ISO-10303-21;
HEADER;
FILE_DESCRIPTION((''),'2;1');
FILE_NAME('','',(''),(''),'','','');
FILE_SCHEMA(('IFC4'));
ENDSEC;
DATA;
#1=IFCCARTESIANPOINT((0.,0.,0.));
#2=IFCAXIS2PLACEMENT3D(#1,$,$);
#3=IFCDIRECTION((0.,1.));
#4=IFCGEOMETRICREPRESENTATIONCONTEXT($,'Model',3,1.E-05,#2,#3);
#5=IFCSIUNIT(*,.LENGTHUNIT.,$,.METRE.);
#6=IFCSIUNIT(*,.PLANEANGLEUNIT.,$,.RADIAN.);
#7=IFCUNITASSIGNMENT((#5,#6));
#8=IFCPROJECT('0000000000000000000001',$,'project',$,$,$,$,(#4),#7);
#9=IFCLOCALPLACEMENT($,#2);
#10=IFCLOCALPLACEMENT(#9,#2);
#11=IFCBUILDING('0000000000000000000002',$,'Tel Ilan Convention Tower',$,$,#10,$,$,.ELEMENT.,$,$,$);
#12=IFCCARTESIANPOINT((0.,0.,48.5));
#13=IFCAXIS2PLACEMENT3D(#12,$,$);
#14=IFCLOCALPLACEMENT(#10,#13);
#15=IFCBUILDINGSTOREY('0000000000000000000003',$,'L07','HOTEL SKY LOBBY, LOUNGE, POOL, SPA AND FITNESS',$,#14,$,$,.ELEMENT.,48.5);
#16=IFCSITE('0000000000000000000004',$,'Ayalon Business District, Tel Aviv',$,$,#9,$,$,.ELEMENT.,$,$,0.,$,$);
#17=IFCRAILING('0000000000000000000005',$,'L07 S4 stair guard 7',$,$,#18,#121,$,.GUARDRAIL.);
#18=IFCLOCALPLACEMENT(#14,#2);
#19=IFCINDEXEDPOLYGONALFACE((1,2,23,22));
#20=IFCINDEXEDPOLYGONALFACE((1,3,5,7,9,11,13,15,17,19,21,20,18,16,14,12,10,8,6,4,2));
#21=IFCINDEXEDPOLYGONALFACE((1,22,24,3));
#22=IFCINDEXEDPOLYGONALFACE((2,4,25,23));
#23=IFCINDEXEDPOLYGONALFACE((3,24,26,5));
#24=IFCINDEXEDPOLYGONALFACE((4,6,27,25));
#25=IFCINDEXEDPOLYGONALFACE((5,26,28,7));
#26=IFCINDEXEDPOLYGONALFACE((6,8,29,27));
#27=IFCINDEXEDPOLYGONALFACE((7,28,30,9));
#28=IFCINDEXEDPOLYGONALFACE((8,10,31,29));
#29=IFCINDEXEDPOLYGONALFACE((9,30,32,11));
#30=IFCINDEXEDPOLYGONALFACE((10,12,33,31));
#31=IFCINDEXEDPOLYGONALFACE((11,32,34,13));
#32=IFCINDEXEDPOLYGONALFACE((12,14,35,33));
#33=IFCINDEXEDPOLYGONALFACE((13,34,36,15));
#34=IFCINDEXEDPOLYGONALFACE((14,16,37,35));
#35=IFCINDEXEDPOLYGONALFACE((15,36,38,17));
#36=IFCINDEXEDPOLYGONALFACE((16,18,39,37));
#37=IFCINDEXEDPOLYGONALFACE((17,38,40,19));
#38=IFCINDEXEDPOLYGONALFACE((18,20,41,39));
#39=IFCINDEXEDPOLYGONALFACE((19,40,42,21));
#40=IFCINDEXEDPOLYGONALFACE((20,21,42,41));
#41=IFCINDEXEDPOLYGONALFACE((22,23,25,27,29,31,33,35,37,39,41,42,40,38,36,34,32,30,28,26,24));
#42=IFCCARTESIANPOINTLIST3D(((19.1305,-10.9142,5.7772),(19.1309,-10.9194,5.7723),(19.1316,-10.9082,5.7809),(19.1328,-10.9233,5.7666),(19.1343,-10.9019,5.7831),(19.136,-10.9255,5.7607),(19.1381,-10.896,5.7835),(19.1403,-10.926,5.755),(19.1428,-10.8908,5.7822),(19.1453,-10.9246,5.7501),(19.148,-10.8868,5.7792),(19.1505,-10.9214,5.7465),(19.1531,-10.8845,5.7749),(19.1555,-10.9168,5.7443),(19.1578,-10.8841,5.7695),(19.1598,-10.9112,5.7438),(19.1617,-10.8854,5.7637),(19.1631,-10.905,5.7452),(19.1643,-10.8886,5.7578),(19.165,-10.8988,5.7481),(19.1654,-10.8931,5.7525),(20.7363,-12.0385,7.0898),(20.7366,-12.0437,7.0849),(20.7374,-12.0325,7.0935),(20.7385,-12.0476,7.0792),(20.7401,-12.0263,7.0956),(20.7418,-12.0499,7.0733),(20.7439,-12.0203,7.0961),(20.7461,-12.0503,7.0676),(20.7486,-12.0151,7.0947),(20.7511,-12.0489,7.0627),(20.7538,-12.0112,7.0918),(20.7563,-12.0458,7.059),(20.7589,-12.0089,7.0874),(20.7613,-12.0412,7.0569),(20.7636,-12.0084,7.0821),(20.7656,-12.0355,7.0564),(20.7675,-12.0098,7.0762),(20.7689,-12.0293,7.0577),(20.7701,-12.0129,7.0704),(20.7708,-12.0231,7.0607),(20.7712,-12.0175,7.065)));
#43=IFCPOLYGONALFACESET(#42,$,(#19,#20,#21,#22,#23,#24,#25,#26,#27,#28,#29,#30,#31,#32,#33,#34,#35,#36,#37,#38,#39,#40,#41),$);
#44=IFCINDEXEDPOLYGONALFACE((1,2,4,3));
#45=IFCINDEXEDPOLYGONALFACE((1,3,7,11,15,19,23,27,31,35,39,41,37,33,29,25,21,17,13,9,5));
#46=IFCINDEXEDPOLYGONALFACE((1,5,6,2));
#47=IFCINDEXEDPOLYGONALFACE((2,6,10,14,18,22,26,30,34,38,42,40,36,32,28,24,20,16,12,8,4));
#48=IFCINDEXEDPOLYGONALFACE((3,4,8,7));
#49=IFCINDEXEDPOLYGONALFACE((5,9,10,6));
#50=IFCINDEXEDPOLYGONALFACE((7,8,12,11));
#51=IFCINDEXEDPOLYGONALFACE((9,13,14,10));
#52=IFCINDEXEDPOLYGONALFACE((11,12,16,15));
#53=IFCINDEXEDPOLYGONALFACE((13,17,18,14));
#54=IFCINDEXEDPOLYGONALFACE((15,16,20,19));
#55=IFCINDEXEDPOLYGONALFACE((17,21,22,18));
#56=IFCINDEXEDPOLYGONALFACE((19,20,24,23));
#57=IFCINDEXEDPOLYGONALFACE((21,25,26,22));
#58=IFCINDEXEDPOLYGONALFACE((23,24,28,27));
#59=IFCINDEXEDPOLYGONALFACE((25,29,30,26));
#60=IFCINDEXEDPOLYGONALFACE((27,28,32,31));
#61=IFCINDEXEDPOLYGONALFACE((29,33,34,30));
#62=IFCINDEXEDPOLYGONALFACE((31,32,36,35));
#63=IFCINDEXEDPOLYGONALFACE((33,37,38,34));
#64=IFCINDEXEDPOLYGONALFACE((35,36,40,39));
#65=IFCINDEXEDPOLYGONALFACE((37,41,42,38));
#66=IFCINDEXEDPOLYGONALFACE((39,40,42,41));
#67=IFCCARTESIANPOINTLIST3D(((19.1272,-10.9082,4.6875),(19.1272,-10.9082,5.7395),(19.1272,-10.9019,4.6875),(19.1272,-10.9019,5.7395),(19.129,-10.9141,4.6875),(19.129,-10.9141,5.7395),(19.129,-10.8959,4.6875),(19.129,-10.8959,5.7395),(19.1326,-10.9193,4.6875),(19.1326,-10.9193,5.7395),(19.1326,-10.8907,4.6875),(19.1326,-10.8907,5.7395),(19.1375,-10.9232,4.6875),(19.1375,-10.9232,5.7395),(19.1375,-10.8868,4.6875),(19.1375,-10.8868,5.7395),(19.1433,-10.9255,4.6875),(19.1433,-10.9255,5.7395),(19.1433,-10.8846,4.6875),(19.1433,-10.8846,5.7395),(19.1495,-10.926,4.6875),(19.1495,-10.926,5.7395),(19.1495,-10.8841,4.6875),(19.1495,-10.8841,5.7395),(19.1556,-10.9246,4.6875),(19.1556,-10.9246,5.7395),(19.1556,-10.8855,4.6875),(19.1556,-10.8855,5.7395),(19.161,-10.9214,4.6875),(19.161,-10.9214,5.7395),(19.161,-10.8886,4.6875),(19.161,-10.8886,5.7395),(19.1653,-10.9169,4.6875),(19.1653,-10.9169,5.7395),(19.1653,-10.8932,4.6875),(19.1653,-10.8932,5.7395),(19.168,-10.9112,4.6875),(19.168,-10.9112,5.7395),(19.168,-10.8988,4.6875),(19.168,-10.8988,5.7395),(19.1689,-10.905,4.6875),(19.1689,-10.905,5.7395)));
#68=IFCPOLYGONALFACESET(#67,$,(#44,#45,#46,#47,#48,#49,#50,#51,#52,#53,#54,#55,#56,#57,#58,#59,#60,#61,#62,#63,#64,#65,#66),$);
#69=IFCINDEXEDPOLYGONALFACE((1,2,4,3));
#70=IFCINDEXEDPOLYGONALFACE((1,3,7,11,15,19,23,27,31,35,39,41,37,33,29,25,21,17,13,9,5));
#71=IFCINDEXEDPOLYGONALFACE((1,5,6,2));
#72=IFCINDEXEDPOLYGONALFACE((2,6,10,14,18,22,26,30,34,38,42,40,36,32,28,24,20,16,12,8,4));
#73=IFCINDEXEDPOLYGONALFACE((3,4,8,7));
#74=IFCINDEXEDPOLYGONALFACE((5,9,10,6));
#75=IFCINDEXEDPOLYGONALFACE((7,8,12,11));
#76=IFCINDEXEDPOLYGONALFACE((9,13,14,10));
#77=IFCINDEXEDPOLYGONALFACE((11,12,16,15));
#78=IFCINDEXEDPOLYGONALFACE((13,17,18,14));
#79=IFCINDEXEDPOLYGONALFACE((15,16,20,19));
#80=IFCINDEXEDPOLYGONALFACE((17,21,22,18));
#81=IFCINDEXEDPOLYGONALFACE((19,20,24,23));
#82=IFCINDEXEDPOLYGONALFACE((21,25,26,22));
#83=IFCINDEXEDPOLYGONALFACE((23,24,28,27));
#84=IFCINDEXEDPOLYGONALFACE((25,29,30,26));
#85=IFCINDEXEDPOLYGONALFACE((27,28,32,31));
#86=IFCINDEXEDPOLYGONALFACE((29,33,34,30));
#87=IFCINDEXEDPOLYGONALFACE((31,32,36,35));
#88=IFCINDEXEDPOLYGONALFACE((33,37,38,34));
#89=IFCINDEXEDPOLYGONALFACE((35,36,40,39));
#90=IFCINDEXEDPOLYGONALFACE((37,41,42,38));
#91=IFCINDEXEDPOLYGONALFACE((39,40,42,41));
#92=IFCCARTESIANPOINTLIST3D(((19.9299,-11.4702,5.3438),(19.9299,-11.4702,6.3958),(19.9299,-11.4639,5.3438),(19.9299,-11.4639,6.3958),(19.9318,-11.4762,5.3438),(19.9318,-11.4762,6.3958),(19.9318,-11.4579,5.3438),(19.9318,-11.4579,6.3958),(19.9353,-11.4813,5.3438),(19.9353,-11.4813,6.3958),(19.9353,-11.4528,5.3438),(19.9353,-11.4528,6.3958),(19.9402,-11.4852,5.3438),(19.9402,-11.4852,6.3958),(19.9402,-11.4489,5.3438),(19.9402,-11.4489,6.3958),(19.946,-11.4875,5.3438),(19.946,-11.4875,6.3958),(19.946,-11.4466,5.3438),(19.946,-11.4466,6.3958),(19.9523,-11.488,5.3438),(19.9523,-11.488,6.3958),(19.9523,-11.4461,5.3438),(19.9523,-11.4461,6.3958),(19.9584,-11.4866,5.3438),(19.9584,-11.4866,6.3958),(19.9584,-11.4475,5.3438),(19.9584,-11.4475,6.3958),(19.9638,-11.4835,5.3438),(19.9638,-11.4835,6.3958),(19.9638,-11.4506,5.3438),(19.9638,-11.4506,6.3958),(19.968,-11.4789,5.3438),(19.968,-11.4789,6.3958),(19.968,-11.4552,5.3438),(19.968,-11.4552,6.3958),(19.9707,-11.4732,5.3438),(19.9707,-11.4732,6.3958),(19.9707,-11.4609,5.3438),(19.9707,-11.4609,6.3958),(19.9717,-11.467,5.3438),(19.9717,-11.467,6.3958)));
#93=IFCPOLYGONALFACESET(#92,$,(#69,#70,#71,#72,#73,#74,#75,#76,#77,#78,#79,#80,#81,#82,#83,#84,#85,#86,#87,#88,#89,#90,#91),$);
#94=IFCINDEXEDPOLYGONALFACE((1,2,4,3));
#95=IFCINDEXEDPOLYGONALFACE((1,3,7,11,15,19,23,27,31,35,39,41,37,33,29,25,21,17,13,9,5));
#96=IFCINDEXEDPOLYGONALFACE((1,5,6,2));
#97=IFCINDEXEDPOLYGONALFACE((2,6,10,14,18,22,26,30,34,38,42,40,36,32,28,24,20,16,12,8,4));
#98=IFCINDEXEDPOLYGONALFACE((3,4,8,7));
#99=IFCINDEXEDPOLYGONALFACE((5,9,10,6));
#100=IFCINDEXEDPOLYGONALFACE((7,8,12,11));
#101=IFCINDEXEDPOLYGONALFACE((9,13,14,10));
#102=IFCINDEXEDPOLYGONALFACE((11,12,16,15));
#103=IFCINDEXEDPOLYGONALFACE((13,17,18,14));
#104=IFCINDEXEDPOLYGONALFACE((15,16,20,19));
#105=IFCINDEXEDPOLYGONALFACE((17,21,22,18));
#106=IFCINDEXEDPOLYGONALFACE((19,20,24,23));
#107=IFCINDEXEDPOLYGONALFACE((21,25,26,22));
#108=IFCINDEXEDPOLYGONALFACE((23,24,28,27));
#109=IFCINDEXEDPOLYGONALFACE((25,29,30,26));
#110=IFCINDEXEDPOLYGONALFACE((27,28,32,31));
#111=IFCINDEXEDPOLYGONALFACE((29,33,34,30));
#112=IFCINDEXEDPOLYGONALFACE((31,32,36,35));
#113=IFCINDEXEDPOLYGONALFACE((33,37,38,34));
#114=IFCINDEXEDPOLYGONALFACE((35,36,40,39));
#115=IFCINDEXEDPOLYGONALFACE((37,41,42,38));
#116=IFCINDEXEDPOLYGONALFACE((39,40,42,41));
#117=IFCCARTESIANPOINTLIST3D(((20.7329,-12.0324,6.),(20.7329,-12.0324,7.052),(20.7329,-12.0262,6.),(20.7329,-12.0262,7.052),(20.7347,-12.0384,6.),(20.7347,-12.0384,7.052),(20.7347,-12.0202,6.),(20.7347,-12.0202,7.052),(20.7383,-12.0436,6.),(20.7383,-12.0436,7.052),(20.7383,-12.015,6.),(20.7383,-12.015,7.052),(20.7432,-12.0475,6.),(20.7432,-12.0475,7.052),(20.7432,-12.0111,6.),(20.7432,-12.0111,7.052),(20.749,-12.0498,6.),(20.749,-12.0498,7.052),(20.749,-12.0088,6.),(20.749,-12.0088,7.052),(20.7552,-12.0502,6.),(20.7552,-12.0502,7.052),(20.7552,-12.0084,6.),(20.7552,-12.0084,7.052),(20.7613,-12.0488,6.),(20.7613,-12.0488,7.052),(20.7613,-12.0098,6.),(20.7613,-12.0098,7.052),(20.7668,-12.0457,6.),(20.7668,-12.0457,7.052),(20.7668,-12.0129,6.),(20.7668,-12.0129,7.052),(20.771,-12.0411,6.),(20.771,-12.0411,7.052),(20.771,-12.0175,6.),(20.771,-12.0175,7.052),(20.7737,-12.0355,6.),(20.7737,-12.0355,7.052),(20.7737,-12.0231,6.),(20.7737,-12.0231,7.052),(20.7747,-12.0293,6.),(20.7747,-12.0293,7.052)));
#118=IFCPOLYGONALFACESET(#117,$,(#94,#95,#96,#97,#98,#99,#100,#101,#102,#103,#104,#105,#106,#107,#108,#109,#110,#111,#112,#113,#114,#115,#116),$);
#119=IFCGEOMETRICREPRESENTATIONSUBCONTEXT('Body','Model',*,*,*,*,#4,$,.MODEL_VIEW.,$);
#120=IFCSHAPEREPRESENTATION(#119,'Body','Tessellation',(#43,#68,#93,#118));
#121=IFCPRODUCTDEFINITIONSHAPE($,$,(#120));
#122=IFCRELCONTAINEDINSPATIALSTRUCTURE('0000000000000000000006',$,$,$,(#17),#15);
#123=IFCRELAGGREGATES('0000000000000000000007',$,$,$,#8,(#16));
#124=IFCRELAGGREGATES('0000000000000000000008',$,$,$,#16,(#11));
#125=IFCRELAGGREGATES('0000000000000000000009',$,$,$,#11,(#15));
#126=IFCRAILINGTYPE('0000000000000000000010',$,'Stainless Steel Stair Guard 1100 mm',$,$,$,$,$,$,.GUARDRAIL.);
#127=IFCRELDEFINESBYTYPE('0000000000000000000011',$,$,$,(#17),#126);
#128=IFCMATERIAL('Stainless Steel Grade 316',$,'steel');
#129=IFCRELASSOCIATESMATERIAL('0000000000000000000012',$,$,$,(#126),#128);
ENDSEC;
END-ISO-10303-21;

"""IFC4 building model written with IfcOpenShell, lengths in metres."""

from ifc_helpers import new_model, si_unit, direction, frame, origin, origin_2d, place, context, subcontext, project, spatial, circle, extrude, material, type_object, element, save


model = new_model("IFC4")

# Units and contexts
model_context = context("Model", 3, precision=1e-05, world=origin(), true_north=direction((0.0, 1.0)))
body_context = subcontext(model_context, "Body", "Model", "MODEL_VIEW")
ifc_project = project(units=[si_unit("LENGTHUNIT", "METRE"), si_unit("PLANEANGLEUNIT", "RADIAN")], contexts=[model_context])

# Site, building, storey
site_placement = place(None, origin())
site = spatial("IfcSite", under=ifc_project, at=site_placement, Name="Ayalon Business District, Tel Aviv", CompositionType="ELEMENT", RefElevation=0.0)
building_placement = place(site_placement, origin())
building = spatial("IfcBuilding", under=site, at=building_placement, Name="Tel Ilan Convention Tower", CompositionType="ELEMENT")
storey_placement = place(building_placement, frame((0.0, 0.0, 48.5)))
storey = spatial("IfcBuildingStorey", under=building, at=storey_placement, Name="L07", Description="HOTEL SKY LOBBY, LOUNGE, POOL, SPA AND FITNESS", CompositionType="ELEMENT", Elevation=48.5)

# Railing
ifc_material_1 = material(Name="Stainless Steel Grade 316", Category="steel")
railing_type_1 = type_object("IfcRailingType", Name="Stainless Steel Stair Guard 1100 mm", PredefinedType="GUARDRAIL", material=ifc_material_1)
railing_1_placement = place(storey_placement, frame((19.1479, -10.905, 4.6875)))
element("IfcRailing", 1, at=railing_1_placement, inside=storey, type_object=railing_type_1, Name="L07 S4 stair guard 7", PredefinedType="GUARDRAIL", context=body_context, shape_type="SweptSolid", body=[
    extrude(circle(Radius=0.0239, at=origin_2d()), frame((0.0, 0.0, 1.0762), z_axis=(0.680671, -0.476584, 0.556376), x_axis=(0.573554, 0.819168, 0.0)), (0.0, 0.0, 1.0), 2.3591),
    extrude(circle(Radius=0.021, at=origin_2d()), origin(), (0.0, 0.0, 1.0), 1.052),
    extrude(circle(Radius=0.021, at=origin_2d()), frame((0.8027, -0.562, 0.6562)), (0.0, 0.0, 1.0), 1.052),
    extrude(circle(Radius=0.021, at=origin_2d()), frame((1.6057, -1.1243, 1.3125)), (0.0, 0.0, 1.0), 1.052),
])

save(model, "model.ifc")
